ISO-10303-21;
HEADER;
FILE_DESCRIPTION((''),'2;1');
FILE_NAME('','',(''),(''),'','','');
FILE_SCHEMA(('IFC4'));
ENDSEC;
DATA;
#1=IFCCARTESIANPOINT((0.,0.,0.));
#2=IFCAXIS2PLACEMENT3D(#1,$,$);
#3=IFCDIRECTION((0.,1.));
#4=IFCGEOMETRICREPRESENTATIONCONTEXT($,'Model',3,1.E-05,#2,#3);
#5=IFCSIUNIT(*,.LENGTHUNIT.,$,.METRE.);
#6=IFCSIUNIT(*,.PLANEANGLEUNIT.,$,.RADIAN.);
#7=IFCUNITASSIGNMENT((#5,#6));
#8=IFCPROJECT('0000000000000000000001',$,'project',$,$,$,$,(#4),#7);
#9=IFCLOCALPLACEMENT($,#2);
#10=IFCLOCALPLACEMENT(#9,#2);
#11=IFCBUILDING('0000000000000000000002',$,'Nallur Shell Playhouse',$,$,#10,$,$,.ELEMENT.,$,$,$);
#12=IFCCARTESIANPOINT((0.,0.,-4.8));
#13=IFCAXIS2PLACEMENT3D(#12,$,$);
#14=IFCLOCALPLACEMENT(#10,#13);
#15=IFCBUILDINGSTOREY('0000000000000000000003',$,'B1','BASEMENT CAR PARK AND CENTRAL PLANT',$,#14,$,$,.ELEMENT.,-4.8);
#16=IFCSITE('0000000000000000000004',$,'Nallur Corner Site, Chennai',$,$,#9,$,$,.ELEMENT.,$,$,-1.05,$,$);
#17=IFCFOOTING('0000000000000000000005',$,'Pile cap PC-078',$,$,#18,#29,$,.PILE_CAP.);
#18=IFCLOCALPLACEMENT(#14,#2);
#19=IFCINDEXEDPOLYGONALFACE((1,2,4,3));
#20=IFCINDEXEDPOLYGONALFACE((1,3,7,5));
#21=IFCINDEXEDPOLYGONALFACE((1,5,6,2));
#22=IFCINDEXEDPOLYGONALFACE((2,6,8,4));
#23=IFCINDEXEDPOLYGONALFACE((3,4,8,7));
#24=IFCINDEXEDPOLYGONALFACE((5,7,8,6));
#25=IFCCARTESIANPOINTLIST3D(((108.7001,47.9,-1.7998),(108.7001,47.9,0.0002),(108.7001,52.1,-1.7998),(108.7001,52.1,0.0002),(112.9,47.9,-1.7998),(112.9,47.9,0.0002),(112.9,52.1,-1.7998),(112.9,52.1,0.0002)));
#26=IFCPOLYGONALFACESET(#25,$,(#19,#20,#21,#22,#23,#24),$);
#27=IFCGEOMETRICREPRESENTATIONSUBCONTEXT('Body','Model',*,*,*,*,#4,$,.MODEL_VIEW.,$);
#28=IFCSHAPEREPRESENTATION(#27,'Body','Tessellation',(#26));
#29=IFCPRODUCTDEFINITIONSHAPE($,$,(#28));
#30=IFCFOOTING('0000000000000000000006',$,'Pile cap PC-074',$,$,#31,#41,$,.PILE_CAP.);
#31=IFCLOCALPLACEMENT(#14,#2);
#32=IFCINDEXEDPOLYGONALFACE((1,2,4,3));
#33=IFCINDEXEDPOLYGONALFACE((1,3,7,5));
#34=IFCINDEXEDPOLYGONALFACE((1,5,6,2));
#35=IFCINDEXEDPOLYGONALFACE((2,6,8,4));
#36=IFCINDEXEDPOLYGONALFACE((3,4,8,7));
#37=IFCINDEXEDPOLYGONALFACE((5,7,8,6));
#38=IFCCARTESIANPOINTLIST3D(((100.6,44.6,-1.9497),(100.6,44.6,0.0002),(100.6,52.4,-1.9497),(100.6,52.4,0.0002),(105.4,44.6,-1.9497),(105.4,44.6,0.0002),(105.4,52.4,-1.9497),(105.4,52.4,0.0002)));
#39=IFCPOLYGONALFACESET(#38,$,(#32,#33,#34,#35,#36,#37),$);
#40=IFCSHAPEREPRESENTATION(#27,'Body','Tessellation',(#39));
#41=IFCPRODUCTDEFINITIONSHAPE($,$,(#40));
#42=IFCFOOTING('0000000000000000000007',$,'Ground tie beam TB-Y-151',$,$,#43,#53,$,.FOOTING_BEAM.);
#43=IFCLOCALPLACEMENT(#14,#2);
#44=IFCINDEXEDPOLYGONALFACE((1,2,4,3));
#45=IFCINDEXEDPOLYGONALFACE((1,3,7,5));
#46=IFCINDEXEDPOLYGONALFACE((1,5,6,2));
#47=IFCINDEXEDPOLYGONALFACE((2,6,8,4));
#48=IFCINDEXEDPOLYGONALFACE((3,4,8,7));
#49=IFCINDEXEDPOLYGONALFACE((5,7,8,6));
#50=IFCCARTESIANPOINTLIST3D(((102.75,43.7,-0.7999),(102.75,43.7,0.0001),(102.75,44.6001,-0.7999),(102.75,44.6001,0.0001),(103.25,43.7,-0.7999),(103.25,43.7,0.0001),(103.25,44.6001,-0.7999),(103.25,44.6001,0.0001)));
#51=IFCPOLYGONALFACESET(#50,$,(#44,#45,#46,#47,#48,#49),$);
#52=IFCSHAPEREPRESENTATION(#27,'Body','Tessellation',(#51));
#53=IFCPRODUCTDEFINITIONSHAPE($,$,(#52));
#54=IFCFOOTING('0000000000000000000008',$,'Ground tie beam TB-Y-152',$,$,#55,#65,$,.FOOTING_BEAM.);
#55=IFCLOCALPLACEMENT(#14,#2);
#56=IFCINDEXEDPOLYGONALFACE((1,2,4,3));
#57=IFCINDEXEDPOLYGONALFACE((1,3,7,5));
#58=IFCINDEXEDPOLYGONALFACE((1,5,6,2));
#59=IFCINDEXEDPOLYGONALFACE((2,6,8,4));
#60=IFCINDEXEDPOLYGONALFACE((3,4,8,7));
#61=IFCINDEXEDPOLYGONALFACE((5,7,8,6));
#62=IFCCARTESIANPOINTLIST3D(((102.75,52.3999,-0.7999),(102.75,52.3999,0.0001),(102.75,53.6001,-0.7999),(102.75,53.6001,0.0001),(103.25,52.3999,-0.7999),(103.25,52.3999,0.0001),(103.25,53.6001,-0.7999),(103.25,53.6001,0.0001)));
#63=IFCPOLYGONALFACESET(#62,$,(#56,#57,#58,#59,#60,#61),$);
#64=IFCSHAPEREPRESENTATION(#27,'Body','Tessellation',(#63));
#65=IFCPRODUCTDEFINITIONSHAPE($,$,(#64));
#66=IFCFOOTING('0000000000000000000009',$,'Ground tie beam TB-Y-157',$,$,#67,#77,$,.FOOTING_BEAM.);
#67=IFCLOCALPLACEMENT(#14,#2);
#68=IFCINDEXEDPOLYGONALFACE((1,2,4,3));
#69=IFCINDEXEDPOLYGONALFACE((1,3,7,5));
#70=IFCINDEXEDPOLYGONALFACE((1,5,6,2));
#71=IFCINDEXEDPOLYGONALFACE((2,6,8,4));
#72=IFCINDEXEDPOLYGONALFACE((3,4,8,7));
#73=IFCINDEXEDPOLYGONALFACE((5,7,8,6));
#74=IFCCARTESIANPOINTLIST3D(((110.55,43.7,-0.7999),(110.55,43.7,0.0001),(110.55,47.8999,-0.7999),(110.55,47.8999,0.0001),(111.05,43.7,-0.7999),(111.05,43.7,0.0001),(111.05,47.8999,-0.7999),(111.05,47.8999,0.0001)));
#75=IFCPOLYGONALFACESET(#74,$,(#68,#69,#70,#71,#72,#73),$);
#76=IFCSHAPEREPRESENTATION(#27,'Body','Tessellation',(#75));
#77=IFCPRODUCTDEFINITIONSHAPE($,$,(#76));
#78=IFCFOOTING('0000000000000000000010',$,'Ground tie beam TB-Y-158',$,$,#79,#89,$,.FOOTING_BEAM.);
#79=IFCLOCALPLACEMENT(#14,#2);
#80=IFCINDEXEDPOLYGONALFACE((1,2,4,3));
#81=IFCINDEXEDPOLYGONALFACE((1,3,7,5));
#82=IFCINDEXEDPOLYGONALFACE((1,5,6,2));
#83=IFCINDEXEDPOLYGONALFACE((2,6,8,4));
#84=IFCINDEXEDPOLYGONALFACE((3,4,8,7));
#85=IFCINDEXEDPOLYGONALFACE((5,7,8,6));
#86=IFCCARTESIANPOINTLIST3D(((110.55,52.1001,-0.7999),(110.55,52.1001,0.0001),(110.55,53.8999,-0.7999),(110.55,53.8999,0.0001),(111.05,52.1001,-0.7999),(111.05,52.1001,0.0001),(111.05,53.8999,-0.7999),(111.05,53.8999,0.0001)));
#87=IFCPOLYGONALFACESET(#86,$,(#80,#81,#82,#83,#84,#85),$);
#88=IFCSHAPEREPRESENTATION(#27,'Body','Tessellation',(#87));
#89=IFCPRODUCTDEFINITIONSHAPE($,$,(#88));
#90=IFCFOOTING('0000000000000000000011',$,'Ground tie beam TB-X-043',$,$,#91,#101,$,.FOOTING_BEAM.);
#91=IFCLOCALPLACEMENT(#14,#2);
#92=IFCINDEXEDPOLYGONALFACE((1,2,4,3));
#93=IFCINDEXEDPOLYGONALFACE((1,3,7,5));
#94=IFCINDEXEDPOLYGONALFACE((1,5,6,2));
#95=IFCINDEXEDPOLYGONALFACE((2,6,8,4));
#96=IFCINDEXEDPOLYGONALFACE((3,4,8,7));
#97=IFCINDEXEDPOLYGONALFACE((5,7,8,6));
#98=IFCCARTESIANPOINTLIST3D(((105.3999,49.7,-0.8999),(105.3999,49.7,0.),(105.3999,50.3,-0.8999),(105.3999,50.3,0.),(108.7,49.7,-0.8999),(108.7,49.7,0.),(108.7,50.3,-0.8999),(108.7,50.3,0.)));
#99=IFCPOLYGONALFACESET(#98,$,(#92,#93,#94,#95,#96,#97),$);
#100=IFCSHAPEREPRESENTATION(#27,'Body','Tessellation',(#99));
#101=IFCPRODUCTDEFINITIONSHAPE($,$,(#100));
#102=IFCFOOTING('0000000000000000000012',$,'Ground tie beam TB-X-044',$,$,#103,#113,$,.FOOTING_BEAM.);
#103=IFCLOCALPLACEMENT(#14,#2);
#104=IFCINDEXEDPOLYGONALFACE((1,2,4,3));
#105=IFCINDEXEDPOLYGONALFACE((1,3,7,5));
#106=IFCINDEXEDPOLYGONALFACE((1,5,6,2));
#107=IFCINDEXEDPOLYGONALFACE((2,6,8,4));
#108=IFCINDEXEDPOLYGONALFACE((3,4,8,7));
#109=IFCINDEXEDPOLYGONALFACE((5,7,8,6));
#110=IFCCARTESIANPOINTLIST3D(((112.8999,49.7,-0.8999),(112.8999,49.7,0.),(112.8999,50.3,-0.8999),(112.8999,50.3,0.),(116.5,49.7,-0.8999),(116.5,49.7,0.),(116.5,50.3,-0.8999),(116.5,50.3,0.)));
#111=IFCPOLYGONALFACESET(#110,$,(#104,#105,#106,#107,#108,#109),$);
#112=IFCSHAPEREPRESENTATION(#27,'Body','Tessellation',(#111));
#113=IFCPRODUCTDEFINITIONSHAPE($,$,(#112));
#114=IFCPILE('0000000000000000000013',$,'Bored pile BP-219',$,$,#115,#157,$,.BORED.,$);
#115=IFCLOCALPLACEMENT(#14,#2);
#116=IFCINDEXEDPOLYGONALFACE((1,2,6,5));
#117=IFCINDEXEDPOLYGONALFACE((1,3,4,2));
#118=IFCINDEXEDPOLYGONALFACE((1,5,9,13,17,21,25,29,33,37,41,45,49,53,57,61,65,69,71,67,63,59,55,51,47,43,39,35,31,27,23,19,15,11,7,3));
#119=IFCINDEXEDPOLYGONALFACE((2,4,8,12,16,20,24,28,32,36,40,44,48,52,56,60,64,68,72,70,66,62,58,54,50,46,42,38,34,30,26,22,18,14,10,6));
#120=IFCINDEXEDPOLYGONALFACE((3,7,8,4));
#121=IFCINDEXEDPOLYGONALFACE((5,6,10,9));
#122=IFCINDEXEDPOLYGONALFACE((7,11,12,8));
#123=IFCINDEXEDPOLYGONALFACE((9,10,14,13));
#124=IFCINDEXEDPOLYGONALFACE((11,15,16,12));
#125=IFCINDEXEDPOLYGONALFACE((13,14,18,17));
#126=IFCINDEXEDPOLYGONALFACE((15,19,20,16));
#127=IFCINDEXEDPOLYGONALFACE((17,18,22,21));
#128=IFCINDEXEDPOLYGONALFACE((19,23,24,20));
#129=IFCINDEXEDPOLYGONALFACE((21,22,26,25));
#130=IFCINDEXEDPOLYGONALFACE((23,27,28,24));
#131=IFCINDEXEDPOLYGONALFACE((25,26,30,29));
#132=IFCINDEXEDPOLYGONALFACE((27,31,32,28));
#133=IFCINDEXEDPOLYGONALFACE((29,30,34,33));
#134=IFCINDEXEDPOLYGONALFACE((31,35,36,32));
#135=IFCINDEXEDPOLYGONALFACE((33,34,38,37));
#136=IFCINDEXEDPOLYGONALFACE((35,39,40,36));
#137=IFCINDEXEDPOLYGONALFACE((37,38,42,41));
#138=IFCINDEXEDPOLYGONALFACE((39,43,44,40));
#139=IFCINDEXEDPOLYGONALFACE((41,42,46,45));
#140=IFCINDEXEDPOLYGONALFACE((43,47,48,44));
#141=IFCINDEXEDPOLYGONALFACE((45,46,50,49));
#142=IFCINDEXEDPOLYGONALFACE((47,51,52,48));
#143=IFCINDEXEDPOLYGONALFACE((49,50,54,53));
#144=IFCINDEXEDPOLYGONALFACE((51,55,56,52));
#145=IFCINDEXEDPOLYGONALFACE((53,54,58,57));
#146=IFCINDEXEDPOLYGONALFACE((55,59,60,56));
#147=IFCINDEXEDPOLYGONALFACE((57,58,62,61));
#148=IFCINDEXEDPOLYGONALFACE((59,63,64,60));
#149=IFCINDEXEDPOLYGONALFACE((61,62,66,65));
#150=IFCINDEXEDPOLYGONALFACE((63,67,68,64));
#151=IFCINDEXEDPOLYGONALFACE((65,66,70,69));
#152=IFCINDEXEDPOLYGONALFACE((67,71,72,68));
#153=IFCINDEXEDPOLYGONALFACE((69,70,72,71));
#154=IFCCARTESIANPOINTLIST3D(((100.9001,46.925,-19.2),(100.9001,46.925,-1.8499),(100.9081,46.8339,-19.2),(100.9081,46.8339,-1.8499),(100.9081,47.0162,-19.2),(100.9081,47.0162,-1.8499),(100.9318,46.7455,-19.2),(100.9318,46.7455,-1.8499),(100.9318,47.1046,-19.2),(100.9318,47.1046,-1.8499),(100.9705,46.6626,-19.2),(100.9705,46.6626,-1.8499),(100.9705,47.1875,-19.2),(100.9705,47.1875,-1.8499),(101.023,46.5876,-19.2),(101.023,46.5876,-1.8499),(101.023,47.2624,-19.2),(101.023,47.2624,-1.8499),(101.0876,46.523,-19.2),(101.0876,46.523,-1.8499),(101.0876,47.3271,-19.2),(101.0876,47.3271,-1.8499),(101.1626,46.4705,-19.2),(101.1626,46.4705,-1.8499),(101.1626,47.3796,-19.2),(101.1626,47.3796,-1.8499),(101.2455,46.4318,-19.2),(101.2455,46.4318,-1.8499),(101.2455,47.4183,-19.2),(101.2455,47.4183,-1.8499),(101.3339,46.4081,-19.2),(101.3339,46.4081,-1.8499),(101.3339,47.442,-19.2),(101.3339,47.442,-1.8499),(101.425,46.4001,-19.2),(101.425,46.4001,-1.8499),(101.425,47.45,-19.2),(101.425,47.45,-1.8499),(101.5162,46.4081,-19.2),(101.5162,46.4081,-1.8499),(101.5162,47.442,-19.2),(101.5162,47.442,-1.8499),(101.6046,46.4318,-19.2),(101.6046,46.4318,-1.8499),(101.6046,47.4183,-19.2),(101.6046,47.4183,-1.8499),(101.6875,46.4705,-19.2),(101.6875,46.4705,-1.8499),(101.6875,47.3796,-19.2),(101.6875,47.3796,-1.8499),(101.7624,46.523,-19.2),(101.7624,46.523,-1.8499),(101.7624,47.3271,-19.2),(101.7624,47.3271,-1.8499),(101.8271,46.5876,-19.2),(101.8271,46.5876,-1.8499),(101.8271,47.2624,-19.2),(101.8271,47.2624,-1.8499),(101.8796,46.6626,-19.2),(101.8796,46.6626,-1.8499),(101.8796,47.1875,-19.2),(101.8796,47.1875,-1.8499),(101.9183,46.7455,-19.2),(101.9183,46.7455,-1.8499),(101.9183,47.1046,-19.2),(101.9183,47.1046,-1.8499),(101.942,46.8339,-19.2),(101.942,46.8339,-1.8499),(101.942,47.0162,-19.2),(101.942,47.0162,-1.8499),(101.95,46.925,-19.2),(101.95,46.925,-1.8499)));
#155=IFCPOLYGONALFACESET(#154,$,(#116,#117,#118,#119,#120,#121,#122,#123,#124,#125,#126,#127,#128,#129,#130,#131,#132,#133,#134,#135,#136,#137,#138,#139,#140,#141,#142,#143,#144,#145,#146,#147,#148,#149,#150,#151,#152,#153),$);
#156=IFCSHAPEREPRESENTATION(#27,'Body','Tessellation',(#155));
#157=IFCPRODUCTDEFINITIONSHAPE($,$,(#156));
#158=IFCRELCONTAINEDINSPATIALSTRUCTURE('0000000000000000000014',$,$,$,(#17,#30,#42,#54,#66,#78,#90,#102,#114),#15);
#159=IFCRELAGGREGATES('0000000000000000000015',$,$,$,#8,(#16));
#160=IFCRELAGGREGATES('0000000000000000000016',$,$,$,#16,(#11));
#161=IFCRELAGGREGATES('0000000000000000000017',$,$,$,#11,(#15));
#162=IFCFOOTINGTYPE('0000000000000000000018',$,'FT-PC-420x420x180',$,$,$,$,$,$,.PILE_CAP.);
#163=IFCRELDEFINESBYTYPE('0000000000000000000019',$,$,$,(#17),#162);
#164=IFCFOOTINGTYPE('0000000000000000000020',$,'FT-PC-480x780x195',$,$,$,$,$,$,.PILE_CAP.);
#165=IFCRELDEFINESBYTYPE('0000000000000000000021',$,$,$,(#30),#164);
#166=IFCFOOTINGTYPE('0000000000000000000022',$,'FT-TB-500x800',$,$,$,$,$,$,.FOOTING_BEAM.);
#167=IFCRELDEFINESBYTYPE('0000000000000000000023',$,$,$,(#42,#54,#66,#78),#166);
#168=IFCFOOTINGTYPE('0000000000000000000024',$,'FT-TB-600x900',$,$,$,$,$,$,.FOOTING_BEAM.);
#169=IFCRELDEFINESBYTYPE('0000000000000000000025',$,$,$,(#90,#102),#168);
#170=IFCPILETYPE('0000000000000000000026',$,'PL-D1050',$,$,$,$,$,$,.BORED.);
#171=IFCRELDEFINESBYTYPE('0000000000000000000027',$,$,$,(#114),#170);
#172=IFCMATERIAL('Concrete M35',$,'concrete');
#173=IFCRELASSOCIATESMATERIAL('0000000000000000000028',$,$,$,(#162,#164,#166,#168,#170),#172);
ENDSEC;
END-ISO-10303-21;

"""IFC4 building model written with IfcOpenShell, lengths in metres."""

from ifc_helpers import new_model, si_unit, direction, frame, origin, origin_2d, place, context, subcontext, project, spatial, rectangle, circle, extrude, material, material_profile, profile_set, type_object, element, save


model = new_model("IFC4")

# Units and contexts
model_context = context("Model", 3, precision=1e-05, world=origin(), true_north=direction((0.0, 1.0)))
body_context = subcontext(model_context, "Body", "Model", "MODEL_VIEW")
ifc_project = project(units=[si_unit("LENGTHUNIT", "METRE"), si_unit("PLANEANGLEUNIT", "RADIAN")], contexts=[model_context])

# Site, building, storey
site_placement = place(None, origin())
site = spatial("IfcSite", under=ifc_project, at=site_placement, Name="Nallur Corner Site, Chennai", CompositionType="ELEMENT", RefElevation=-1.05)
building_placement = place(site_placement, origin())
building = spatial("IfcBuilding", under=site, at=building_placement, Name="Nallur Shell Playhouse", CompositionType="ELEMENT")
storey_placement = place(building_placement, frame((0.0, 0.0, -4.8)))
storey = spatial("IfcBuildingStorey", under=building, at=storey_placement, Name="B1", Description="BASEMENT CAR PARK AND CENTRAL PLANT", CompositionType="ELEMENT", Elevation=-4.8)

# Footings
ifc_material_1 = material(Name="Concrete M35", Category="concrete")
footing_type_1 = type_object("IfcFootingType", Name="FT-PC-420x420x180", PredefinedType="PILE_CAP", material=ifc_material_1)
footing_1_placement = place(storey_placement, frame((110.8, 50.0, -1.7998), z_axis=(0.0, 0.0, 1.0), x_axis=(1.0, 0.0, 0.0)))
element("IfcFooting", 1, at=footing_1_placement, inside=storey, type_object=footing_type_1, Name="Pile cap PC-078", PredefinedType="PILE_CAP", context=body_context, shape_type="SweptSolid", body=[
    extrude(rectangle(XDim=4.2, YDim=4.2, at=origin_2d()), origin(), (0.0, 0.0, 1.0), 1.8),
])
footing_type_2 = type_object("IfcFootingType", Name="FT-PC-480x780x195", PredefinedType="PILE_CAP", material=ifc_material_1)
footing_2_placement = place(storey_placement, frame((103.0, 48.5, -1.9497), z_axis=(0.0, 0.0, 1.0), x_axis=(1.0, 0.0, 0.0)))
element("IfcFooting", 2, at=footing_2_placement, inside=storey, type_object=footing_type_2, Name="Pile cap PC-074", PredefinedType="PILE_CAP", context=body_context, shape_type="SweptSolid", body=[
    extrude(rectangle(XDim=4.8, YDim=7.8, at=origin_2d()), origin(), (0.0, 0.0, 1.0), 1.95),
])
ifc_material_profile_1 = material_profile(ifc_material_1, rectangle(XDim=0.5, YDim=0.8, at=origin_2d()), Name="RC 500x800")
ifc_profile_set_1 = profile_set([ifc_material_profile_1], Name="Concrete M35")
footing_type_3 = type_object("IfcFootingType", Name="FT-TB-500x800", PredefinedType="FOOTING_BEAM", material=ifc_profile_set_1)
footing_3_placement = place(storey_placement, frame((103.0, 43.7, -0.3999), z_axis=(0.0, 1.0, 0.0), x_axis=(-1.0, 0.0, 0.0)))
element("IfcFooting", 3, at=footing_3_placement, inside=storey, type_object=footing_type_3, Name="Ground tie beam TB-Y-151", PredefinedType="FOOTING_BEAM", context=body_context, shape_type="SweptSolid", body=[
    extrude(rectangle(XDim=0.5, YDim=0.8, at=origin_2d()), origin(), (0.0, 0.0, 1.0), 0.9001),
])
footing_4_placement = place(storey_placement, frame((103.0, 52.3999, -0.3999), z_axis=(0.0, 1.0, 0.0), x_axis=(-1.0, 0.0, 0.0)))
element("IfcFooting", 4, at=footing_4_placement, inside=storey, type_object=footing_type_3, Name="Ground tie beam TB-Y-152", PredefinedType="FOOTING_BEAM", context=body_context, shape_type="SweptSolid", body=[
    extrude(rectangle(XDim=0.5, YDim=0.8, at=origin_2d()), origin(), (0.0, 0.0, 1.0), 1.2002),
])
footing_5_placement = place(storey_placement, frame((110.8, 43.7, -0.3999), z_axis=(0.0, 1.0, 0.0), x_axis=(-1.0, 0.0, 0.0)))
element("IfcFooting", 5, at=footing_5_placement, inside=storey, type_object=footing_type_3, Name="Ground tie beam TB-Y-157", PredefinedType="FOOTING_BEAM", context=body_context, shape_type="SweptSolid", body=[
    extrude(rectangle(XDim=0.5, YDim=0.8, at=origin_2d()), origin(), (0.0, 0.0, 1.0), 4.2),
])
footing_6_placement = place(storey_placement, frame((110.8, 52.1001, -0.3999), z_axis=(0.0, 1.0, 0.0), x_axis=(-1.0, 0.0, 0.0)))
element("IfcFooting", 6, at=footing_6_placement, inside=storey, type_object=footing_type_3, Name="Ground tie beam TB-Y-158", PredefinedType="FOOTING_BEAM", context=body_context, shape_type="SweptSolid", body=[
    extrude(rectangle(XDim=0.5, YDim=0.8, at=origin_2d()), origin(), (0.0, 0.0, 1.0), 1.7998),
])
ifc_material_profile_2 = material_profile(ifc_material_1, rectangle(XDim=0.6001, YDim=0.8999, at=origin_2d()), Name="RC 600x900")
ifc_profile_set_2 = profile_set([ifc_material_profile_2], Name="Concrete M35")
footing_type_4 = type_object("IfcFootingType", Name="FT-TB-600x900", PredefinedType="FOOTING_BEAM", material=ifc_profile_set_2)
footing_7_placement = place(storey_placement, frame((105.3999, 50.0, -0.45), z_axis=(1.0, 0.0, 0.0), x_axis=(0.0, 1.0, 0.0)))
element("IfcFooting", 7, at=footing_7_placement, inside=storey, type_object=footing_type_4, Name="Ground tie beam TB-X-043", PredefinedType="FOOTING_BEAM", context=body_context, shape_type="SweptSolid", body=[
    extrude(rectangle(XDim=0.6001, YDim=0.8999, at=origin_2d()), origin(), (0.0, 0.0, 1.0), 3.3),
])
footing_8_placement = place(storey_placement, frame((112.8999, 50.0, -0.45), z_axis=(1.0, 0.0, 0.0), x_axis=(0.0, 1.0, 0.0)))
element("IfcFooting", 8, at=footing_8_placement, inside=storey, type_object=footing_type_4, Name="Ground tie beam TB-X-044", PredefinedType="FOOTING_BEAM", context=body_context, shape_type="SweptSolid", body=[
    extrude(rectangle(XDim=0.6001, YDim=0.8999, at=origin_2d()), origin(), (0.0, 0.0, 1.0), 3.6001),
])

# Pile
ifc_material_profile_3 = material_profile(ifc_material_1, circle(Radius=0.5249, at=origin_2d()), Name="BORED PILE D1050")
ifc_profile_set_3 = profile_set([ifc_material_profile_3], Name="Concrete M35")
pile_type_1 = type_object("IfcPileType", Name="PL-D1050", PredefinedType="BORED", material=ifc_profile_set_3)
for number, where, z_axis, x_axis, name in (
    (9, (101.425, 46.925, -1.8499), (0.0, 0.0, -1.0), (1.0, 0.0, 0.0), "Bored pile BP-219"),
):
    element("IfcPile", number, at=place(storey_placement, frame(where, z_axis=z_axis, x_axis=x_axis)), inside=storey, type_object=pile_type_1, Name=name, PredefinedType="BORED", context=body_context, shape_type="SweptSolid", body=[
        extrude(circle(Radius=0.5249, at=origin_2d()), origin(), (0.0, 0.0, 1.0), 17.3501),
    ])

save(model, "model.ifc")
